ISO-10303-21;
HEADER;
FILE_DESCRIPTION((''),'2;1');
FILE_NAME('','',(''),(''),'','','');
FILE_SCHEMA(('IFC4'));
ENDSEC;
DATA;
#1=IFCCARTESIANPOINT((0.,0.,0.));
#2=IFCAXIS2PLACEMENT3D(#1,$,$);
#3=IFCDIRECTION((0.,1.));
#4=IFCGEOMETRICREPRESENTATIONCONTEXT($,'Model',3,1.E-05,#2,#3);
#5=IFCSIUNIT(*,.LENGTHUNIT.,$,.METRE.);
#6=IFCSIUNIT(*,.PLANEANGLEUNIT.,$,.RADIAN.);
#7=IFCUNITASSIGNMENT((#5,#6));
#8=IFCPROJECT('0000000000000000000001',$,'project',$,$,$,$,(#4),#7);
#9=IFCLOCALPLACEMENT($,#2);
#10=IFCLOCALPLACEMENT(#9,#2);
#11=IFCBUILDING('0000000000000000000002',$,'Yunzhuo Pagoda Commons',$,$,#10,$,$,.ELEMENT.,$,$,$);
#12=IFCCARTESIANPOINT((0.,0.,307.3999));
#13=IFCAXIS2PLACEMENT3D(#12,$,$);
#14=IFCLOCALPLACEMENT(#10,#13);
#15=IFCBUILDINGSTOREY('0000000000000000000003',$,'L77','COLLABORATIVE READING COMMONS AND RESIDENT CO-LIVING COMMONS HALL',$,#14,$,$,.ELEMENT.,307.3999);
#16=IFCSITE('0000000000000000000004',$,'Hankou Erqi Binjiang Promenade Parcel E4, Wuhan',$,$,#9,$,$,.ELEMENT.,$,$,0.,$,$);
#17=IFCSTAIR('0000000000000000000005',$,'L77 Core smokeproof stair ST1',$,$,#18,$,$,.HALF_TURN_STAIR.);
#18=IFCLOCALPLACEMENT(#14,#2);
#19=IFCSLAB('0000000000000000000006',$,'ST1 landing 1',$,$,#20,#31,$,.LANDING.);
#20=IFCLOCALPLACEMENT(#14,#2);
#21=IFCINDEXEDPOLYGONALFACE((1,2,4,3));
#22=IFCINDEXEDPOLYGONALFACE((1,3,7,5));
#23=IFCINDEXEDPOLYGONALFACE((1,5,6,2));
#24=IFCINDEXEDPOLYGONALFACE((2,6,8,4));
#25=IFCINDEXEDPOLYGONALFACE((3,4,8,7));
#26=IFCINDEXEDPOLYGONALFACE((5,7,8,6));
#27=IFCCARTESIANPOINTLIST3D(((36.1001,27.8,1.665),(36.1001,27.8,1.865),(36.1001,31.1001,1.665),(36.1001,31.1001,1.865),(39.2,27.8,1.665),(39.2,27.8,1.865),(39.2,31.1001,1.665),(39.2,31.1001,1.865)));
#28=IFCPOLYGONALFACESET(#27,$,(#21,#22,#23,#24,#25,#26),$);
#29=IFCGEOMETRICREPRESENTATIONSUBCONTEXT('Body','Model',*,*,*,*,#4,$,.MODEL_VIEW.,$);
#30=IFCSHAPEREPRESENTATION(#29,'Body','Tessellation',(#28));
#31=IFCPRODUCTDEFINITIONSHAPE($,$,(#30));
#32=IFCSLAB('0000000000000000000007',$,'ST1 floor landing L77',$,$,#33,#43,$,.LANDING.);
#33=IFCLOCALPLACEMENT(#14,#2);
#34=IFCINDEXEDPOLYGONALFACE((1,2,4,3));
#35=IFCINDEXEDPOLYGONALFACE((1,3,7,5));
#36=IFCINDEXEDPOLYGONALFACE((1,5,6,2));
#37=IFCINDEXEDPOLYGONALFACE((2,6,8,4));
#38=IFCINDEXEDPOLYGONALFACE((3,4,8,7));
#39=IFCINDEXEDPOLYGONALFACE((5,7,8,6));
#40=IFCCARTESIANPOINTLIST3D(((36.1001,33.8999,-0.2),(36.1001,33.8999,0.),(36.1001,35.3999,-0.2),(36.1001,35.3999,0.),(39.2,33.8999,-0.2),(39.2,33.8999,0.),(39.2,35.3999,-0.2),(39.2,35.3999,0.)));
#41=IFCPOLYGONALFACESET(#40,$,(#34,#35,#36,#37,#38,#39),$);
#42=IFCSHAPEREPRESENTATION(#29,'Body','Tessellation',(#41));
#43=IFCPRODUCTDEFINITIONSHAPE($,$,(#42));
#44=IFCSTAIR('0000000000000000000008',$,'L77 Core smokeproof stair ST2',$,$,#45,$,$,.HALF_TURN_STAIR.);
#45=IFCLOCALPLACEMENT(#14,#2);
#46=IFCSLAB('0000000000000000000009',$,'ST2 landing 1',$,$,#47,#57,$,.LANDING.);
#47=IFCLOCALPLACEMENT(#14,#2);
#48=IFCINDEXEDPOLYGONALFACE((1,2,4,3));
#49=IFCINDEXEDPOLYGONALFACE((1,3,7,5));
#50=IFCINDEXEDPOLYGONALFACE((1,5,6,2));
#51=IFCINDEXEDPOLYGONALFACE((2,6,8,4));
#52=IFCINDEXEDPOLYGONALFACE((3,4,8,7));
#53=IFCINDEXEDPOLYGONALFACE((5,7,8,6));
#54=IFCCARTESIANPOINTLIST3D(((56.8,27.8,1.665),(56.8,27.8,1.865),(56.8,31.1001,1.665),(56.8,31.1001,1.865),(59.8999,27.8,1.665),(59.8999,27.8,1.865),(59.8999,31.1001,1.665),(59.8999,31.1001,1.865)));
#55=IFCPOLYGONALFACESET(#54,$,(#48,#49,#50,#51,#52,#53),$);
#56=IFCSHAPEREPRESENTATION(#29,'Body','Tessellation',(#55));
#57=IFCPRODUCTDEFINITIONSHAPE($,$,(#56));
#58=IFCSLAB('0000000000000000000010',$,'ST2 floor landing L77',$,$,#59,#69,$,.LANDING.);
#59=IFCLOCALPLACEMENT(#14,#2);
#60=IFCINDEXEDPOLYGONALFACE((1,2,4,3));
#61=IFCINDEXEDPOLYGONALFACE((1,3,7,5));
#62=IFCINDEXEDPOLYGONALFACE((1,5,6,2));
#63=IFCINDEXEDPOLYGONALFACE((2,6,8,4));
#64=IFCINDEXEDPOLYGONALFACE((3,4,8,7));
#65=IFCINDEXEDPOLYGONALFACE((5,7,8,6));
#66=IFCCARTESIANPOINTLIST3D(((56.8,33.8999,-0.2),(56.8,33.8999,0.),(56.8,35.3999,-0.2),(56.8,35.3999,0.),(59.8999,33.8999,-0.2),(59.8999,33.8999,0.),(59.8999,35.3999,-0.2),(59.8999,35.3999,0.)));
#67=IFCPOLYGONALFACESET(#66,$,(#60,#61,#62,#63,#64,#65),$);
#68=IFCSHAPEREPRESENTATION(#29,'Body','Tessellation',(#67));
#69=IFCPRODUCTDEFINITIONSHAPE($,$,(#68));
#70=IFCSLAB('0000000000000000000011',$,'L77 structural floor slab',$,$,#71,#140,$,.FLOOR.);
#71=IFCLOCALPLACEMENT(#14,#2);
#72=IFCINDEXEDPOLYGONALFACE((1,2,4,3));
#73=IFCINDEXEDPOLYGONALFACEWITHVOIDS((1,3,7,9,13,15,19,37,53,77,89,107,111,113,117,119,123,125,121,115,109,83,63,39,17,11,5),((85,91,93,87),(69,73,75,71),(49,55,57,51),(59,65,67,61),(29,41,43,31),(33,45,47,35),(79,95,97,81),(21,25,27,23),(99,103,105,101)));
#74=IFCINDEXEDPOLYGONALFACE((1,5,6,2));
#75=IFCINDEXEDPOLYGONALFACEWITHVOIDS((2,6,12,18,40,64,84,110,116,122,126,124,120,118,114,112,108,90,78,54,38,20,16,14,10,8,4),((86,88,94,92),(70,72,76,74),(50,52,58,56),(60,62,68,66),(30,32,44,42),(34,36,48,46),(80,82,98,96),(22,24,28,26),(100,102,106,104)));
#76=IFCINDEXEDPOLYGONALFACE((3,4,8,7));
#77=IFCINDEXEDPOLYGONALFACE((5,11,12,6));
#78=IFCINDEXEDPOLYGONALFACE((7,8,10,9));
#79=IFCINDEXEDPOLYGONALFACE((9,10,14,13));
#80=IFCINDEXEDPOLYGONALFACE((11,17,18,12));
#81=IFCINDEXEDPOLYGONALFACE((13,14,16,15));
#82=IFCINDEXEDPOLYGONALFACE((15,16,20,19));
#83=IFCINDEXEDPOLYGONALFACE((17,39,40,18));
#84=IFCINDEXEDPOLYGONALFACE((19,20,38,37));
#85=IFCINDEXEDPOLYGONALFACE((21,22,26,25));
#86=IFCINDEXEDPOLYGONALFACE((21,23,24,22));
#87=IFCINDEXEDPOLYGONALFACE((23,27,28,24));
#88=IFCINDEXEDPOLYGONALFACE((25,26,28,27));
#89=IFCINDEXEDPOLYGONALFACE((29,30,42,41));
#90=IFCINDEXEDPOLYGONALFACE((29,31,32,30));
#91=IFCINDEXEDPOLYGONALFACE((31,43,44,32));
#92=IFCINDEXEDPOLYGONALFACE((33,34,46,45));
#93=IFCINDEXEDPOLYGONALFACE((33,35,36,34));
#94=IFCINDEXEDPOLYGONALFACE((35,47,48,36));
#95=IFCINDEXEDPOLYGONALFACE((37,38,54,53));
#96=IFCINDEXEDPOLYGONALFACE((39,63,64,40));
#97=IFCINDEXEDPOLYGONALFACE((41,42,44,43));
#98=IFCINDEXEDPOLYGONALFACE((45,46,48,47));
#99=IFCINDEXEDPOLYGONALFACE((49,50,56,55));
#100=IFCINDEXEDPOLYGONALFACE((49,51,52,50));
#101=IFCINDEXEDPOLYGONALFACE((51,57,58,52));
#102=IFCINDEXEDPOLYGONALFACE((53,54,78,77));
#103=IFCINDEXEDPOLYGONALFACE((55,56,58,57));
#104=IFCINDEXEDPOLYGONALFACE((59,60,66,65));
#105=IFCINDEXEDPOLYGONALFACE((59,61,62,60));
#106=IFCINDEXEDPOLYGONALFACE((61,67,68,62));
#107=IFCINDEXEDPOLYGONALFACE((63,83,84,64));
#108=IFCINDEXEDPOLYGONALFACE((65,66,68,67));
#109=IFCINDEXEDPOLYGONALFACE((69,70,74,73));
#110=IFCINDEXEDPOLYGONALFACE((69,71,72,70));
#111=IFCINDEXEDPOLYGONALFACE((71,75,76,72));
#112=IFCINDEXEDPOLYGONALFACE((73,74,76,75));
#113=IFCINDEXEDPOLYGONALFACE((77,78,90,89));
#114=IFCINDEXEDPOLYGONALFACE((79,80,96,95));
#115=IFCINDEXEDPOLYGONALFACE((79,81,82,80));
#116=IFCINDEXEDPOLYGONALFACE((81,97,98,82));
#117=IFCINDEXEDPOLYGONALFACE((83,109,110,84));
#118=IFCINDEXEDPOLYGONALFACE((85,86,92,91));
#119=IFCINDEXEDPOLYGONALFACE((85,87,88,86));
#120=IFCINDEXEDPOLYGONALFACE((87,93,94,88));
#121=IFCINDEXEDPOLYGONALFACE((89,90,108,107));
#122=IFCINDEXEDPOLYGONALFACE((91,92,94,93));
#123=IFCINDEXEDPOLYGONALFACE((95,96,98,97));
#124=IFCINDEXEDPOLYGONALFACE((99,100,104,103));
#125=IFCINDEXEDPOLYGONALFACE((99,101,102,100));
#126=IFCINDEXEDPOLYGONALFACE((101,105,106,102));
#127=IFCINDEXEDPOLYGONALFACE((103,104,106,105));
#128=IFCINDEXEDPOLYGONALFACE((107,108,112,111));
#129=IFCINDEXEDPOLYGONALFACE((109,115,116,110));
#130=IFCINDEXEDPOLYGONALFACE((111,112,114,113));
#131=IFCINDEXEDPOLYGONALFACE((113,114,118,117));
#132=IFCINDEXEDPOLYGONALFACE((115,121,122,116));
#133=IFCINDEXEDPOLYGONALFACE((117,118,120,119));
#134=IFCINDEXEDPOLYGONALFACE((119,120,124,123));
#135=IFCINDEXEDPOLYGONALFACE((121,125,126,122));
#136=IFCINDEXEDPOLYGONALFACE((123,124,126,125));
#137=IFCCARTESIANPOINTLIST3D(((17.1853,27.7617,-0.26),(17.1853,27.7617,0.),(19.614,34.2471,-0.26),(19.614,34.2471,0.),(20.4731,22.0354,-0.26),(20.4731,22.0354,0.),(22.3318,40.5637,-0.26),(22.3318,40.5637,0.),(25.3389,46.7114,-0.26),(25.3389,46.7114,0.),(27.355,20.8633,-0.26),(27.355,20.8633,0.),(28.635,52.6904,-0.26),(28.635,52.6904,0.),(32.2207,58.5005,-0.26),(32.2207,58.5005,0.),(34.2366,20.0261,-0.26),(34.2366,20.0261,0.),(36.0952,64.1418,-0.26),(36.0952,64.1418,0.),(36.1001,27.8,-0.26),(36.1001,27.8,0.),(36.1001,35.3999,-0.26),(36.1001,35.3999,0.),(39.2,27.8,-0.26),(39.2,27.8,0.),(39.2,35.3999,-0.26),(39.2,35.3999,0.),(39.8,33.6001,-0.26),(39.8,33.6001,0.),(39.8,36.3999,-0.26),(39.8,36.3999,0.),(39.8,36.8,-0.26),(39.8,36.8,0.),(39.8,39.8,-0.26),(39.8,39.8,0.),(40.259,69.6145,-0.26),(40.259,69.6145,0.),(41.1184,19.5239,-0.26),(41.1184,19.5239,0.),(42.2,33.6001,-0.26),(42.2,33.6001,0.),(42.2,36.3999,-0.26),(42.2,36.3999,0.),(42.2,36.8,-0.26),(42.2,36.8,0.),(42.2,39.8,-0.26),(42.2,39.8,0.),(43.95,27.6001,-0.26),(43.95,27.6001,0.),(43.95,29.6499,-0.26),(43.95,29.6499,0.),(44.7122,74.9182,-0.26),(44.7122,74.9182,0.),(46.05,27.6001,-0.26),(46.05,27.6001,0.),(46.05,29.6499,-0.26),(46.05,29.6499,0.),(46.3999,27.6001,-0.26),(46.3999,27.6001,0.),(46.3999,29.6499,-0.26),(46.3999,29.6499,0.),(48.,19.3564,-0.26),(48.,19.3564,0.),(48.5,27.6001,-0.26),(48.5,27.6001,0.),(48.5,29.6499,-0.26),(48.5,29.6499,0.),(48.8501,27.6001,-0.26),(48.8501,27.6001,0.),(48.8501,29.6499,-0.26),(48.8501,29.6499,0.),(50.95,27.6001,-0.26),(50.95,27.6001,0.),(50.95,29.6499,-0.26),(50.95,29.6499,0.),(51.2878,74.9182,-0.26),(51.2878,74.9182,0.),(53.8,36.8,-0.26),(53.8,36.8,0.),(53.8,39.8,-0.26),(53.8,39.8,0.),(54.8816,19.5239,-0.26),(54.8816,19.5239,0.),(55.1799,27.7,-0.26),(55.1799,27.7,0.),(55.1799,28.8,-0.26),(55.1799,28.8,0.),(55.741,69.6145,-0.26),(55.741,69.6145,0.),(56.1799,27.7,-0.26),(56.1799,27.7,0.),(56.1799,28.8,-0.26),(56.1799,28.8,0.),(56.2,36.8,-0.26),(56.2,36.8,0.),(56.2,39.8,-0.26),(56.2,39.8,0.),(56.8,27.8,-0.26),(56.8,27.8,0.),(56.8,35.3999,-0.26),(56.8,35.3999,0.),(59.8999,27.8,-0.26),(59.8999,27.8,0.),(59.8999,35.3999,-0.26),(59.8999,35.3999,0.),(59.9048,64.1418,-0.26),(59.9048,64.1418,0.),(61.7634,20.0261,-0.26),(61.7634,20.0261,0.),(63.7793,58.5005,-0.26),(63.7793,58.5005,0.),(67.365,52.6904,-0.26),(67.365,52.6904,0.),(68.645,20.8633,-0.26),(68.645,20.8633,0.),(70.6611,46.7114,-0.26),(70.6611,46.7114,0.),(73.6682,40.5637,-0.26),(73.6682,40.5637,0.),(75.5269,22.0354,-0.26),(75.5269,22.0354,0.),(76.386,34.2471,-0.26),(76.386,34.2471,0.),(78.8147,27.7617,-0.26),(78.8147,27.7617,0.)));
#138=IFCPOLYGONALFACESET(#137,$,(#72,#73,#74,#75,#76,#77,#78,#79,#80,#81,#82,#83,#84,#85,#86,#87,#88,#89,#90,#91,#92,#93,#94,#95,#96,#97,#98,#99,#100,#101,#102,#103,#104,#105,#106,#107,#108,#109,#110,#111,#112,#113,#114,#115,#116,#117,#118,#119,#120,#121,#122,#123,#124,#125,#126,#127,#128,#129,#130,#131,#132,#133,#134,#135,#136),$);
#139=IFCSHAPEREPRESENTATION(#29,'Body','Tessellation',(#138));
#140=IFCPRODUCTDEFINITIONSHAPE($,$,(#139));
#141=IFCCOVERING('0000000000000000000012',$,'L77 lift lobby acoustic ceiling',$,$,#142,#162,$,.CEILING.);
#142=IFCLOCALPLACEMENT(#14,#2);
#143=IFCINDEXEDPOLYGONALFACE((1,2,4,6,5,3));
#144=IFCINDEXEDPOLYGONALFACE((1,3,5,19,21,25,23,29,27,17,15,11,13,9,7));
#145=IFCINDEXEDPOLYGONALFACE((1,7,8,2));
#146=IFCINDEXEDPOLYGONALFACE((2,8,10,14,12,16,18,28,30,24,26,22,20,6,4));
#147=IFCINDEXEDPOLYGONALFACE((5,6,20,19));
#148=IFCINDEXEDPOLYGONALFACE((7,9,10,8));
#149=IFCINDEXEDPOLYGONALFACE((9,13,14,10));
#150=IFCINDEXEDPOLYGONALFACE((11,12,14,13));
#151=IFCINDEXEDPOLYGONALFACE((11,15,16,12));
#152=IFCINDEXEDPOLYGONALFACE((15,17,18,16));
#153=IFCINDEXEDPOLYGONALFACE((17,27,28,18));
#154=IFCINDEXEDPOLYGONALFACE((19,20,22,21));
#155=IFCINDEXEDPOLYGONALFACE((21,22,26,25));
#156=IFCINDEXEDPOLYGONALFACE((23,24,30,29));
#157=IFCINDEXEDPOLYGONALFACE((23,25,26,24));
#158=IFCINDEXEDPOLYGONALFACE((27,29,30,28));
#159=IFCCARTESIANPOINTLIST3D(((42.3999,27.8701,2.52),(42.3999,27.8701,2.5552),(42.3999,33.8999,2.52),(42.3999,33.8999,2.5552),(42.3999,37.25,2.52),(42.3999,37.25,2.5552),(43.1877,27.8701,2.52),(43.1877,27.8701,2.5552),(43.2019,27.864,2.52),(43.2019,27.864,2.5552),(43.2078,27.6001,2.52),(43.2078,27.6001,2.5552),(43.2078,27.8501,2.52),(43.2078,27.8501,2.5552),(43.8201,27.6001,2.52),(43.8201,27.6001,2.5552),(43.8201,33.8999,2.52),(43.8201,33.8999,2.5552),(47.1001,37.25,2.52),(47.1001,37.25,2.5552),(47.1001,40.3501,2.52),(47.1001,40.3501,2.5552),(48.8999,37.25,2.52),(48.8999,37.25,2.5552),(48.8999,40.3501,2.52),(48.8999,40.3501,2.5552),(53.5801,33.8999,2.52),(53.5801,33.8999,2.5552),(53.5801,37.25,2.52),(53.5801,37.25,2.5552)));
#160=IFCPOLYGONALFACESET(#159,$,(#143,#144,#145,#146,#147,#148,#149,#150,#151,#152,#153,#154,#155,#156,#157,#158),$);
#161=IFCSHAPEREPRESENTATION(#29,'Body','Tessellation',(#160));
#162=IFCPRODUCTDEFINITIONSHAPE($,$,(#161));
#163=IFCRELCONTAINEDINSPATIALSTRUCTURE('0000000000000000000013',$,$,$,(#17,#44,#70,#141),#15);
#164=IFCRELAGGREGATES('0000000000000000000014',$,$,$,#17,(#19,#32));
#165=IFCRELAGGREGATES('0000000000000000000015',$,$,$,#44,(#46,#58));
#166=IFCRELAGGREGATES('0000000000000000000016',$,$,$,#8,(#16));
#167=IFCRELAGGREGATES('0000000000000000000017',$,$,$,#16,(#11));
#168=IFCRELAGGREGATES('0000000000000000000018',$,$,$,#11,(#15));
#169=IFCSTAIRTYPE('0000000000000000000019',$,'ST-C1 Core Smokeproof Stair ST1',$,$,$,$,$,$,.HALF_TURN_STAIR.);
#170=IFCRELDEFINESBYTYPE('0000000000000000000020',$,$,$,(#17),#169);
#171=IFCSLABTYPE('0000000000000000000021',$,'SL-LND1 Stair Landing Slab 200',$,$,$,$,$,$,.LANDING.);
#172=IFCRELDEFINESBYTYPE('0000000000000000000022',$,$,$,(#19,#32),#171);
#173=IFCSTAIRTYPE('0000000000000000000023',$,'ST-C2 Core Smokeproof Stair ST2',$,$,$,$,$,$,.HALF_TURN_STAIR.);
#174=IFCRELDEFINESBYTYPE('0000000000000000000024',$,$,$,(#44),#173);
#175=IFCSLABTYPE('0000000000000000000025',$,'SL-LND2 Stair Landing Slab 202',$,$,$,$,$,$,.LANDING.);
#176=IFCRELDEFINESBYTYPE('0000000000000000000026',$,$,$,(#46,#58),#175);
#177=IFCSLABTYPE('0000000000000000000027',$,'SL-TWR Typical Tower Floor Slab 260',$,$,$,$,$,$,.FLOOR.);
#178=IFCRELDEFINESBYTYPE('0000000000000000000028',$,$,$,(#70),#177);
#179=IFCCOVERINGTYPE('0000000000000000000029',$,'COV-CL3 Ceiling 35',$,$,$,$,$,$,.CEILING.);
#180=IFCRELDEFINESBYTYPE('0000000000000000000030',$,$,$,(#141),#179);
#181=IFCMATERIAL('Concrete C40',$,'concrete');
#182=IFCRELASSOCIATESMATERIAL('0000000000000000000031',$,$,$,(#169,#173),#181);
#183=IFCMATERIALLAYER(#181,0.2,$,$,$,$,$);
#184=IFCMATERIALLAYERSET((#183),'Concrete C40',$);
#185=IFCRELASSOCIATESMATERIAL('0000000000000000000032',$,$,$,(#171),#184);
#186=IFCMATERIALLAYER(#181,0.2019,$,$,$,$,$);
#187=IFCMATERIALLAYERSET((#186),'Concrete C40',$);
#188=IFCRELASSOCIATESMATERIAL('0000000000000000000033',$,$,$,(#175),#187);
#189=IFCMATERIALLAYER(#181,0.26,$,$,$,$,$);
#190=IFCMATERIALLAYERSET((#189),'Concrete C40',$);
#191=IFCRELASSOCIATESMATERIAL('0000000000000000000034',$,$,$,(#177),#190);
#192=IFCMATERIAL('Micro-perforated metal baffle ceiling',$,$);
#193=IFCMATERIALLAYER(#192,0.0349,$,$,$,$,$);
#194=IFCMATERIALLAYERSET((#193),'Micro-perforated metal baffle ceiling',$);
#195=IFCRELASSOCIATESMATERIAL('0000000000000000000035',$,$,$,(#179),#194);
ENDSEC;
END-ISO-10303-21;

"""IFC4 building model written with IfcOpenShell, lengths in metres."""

from ifc_helpers import new_model, si_unit, direction, frame, origin, place, context, subcontext, project, spatial, polyline, outline, extrude, material, layer, layer_set, type_object, element, aggregate, save


model = new_model("IFC4")

# Units and contexts
model_context = context("Model", 3, precision=1e-05, world=origin(), true_north=direction((0.0, 1.0)))
body_context = subcontext(model_context, "Body", "Model", "MODEL_VIEW")
ifc_project = project(units=[si_unit("LENGTHUNIT", "METRE"), si_unit("PLANEANGLEUNIT", "RADIAN")], contexts=[model_context])

# Site, building, storey
site_placement = place(None, origin())
site = spatial("IfcSite", under=ifc_project, at=site_placement, Name="Hankou Erqi Binjiang Promenade Parcel E4, Wuhan", CompositionType="ELEMENT", RefElevation=0.0)
building_placement = place(site_placement, origin())
building = spatial("IfcBuilding", under=site, at=building_placement, Name="Yunzhuo Pagoda Commons", CompositionType="ELEMENT")
storey_placement = place(building_placement, frame((0.0, 0.0, 307.3999)))
storey = spatial("IfcBuildingStorey", under=building, at=storey_placement, Name="L77", Description="COLLABORATIVE READING COMMONS AND RESIDENT CO-LIVING COMMONS HALL", CompositionType="ELEMENT", Elevation=307.3999)

# Shared definitions
ifc_material_1 = material(Name="Concrete C40", Category="concrete")

# Stairs, slabs
stair_type_1 = type_object("IfcStairType", Name="ST-C1 Core Smokeproof Stair ST1", PredefinedType="HALF_TURN_STAIR", material=ifc_material_1)
stair_1_placement = place(storey_placement, origin())
stair_1 = element("IfcStair", 1, at=stair_1_placement, inside=storey, type_object=stair_type_1, Name="L77 Core smokeproof stair ST1", PredefinedType="HALF_TURN_STAIR")
ifc_layer_1 = layer(ifc_material_1, 0.2)
ifc_layer_set_1 = layer_set([ifc_layer_1], Name="Concrete C40")
slab_type_1 = type_object("IfcSlabType", Name="SL-LND1 Stair Landing Slab 200", PredefinedType="LANDING", material=ifc_layer_set_1)
slab_1_placement = place(storey_placement, frame((0.0, 0.0, 1.665)))
slab_1 = element("IfcSlab", 2, at=slab_1_placement, type_object=slab_type_1, Name="ST1 landing 1", PredefinedType="LANDING", context=body_context, shape_type="SweptSolid", body=[
    extrude(outline(polyline([(36.1001, 31.1001), (36.1001, 27.8), (39.2, 27.8), (39.2, 31.1001), (36.1001, 31.1001)])), origin(), (0.0, 0.0, 1.0), 0.2),
])
slab_2_placement = place(storey_placement, frame((0.0, 0.0, -0.2)))
slab_2 = element("IfcSlab", 3, at=slab_2_placement, type_object=slab_type_1, Name="ST1 floor landing L77", PredefinedType="LANDING", context=body_context, shape_type="SweptSolid", body=[
    extrude(outline(polyline([(36.1001, 35.3999), (36.1001, 33.8999), (39.2, 33.8999), (39.2, 35.3999), (36.1001, 35.3999)])), origin(), (0.0, 0.0, 1.0), 0.2),
])
aggregate(stair_1, [slab_1, slab_2])
stair_type_2 = type_object("IfcStairType", Name="ST-C2 Core Smokeproof Stair ST2", PredefinedType="HALF_TURN_STAIR", material=ifc_material_1)
stair_2_placement = place(storey_placement, origin())
stair_2 = element("IfcStair", 4, at=stair_2_placement, inside=storey, type_object=stair_type_2, Name="L77 Core smokeproof stair ST2", PredefinedType="HALF_TURN_STAIR")
ifc_layer_2 = layer(ifc_material_1, 0.2019)
ifc_layer_set_2 = layer_set([ifc_layer_2], Name="Concrete C40")
slab_type_2 = type_object("IfcSlabType", Name="SL-LND2 Stair Landing Slab 202", PredefinedType="LANDING", material=ifc_layer_set_2)
slab_3_placement = place(storey_placement, frame((0.0, 0.0, 1.665)))
slab_3 = element("IfcSlab", 5, at=slab_3_placement, type_object=slab_type_2, Name="ST2 landing 1", PredefinedType="LANDING", context=body_context, shape_type="SweptSolid", body=[
    extrude(outline(polyline([(56.8, 31.1001), (56.8, 27.8), (59.8999, 27.8), (59.8999, 31.1001), (56.8, 31.1001)])), origin(), (0.0, 0.0, 1.0), 0.2),
])
slab_4_placement = place(storey_placement, frame((0.0, 0.0, -0.2)))
slab_4 = element("IfcSlab", 6, at=slab_4_placement, type_object=slab_type_2, Name="ST2 floor landing L77", PredefinedType="LANDING", context=body_context, shape_type="SweptSolid", body=[
    extrude(outline(polyline([(56.8, 35.3999), (56.8, 33.8999), (59.8999, 33.8999), (59.8999, 35.3999), (56.8, 35.3999)])), origin(), (0.0, 0.0, 1.0), 0.2),
])
aggregate(stair_2, [slab_3, slab_4])

# Slab
ifc_layer_3 = layer(ifc_material_1, 0.26)
ifc_layer_set_3 = layer_set([ifc_layer_3], Name="Concrete C40")
slab_type_3 = type_object("IfcSlabType", Name="SL-TWR Typical Tower Floor Slab 260", PredefinedType="FLOOR", material=ifc_layer_set_3)
slab_5_placement = place(storey_placement, frame((0.0, 0.0, -0.26)))
element("IfcSlab", 7, at=slab_5_placement, inside=storey, type_object=slab_type_3, Name="L77 structural floor slab", PredefinedType="FLOOR", context=body_context, shape_type="SweptSolid", body=[
    extrude(outline(polyline([(19.614, 34.2471), (22.3318, 40.5637), (25.3389, 46.7114), (28.635, 52.6904), (32.2207, 58.5005), (36.0952, 64.1418), (40.259, 69.6145), (44.7122, 74.9182), (51.2878, 74.9182), (55.741, 69.6145), (59.9048, 64.1418), (63.7793, 58.5005), (67.365, 52.6904), (70.6611, 46.7114), (73.6682, 40.5637), (76.386, 34.2471), (78.8147, 27.7617), (75.5269, 22.0354), (68.645, 20.8633), (61.7634, 20.0261), (54.8816, 19.5239), (48.0, 19.3564), (41.1184, 19.5239), (34.2366, 20.0261), (27.355, 20.8633), (20.4731, 22.0354), (17.1853, 27.7617), (19.614, 34.2471)]), holes=[polyline([(56.1799, 28.8), (55.1799, 28.8), (55.1799, 27.7), (56.1799, 27.7), (56.1799, 28.8)]), polyline([(46.05, 29.6499), (43.95, 29.6499), (43.95, 27.6001), (46.05, 27.6001), (46.05, 29.6499)]), polyline([(48.5, 29.6499), (46.3999, 29.6499), (46.3999, 27.6001), (48.5, 27.6001), (48.5, 29.6499)]), polyline([(50.95, 29.6499), (48.8501, 29.6499), (48.8501, 27.6001), (50.95, 27.6001), (50.95, 29.6499)]), polyline([(39.2, 27.8), (39.2, 35.3999), (36.1001, 35.3999), (36.1001, 27.8), (39.2, 27.8)]), polyline([(59.8999, 27.8), (59.8999, 35.3999), (56.8, 35.3999), (56.8, 27.8), (59.8999, 27.8)]), polyline([(42.2, 36.3999), (39.8, 36.3999), (39.8, 33.6001), (42.2, 33.6001), (42.2, 36.3999)]), polyline([(42.2, 36.8), (42.2, 39.8), (39.8, 39.8), (39.8, 36.8), (42.2, 36.8)]), polyline([(56.2, 36.8), (56.2, 39.8), (53.8, 39.8), (53.8, 36.8), (56.2, 36.8)])]), origin(), (0.0, 0.0, 1.0), 0.26),
])

# Covering
ifc_material_2 = material(Name="Micro-perforated metal baffle ceiling")
ifc_layer_4 = layer(ifc_material_2, 0.0349)
ifc_layer_set_4 = layer_set([ifc_layer_4], Name="Micro-perforated metal baffle ceiling")
covering_type_1 = type_object("IfcCoveringType", Name="COV-CL3 Ceiling 35", PredefinedType="CEILING", material=ifc_layer_set_4)
covering_1_placement = place(storey_placement, frame((0.0, 0.0, 2.52)))
element("IfcCovering", 8, at=covering_1_placement, inside=storey, type_object=covering_type_1, Name="L77 lift lobby acoustic ceiling", PredefinedType="CEILING", context=body_context, shape_type="SweptSolid", body=[
    extrude(outline(polyline([(43.2078, 27.8501), (43.2019, 27.864), (43.1877, 27.8701), (42.3999, 27.8701), (42.3999, 33.8999), (42.3999, 37.25), (47.1001, 37.25), (47.1001, 40.3501), (48.8999, 40.3501), (48.8999, 37.25), (53.5801, 37.25), (53.5801, 33.8999), (43.8201, 33.8999), (43.8201, 27.6001), (43.2078, 27.6001), (43.2078, 27.8501)])), origin(), (0.0, 0.0, 1.0), 0.0352),
])

save(model, "model.ifc")
